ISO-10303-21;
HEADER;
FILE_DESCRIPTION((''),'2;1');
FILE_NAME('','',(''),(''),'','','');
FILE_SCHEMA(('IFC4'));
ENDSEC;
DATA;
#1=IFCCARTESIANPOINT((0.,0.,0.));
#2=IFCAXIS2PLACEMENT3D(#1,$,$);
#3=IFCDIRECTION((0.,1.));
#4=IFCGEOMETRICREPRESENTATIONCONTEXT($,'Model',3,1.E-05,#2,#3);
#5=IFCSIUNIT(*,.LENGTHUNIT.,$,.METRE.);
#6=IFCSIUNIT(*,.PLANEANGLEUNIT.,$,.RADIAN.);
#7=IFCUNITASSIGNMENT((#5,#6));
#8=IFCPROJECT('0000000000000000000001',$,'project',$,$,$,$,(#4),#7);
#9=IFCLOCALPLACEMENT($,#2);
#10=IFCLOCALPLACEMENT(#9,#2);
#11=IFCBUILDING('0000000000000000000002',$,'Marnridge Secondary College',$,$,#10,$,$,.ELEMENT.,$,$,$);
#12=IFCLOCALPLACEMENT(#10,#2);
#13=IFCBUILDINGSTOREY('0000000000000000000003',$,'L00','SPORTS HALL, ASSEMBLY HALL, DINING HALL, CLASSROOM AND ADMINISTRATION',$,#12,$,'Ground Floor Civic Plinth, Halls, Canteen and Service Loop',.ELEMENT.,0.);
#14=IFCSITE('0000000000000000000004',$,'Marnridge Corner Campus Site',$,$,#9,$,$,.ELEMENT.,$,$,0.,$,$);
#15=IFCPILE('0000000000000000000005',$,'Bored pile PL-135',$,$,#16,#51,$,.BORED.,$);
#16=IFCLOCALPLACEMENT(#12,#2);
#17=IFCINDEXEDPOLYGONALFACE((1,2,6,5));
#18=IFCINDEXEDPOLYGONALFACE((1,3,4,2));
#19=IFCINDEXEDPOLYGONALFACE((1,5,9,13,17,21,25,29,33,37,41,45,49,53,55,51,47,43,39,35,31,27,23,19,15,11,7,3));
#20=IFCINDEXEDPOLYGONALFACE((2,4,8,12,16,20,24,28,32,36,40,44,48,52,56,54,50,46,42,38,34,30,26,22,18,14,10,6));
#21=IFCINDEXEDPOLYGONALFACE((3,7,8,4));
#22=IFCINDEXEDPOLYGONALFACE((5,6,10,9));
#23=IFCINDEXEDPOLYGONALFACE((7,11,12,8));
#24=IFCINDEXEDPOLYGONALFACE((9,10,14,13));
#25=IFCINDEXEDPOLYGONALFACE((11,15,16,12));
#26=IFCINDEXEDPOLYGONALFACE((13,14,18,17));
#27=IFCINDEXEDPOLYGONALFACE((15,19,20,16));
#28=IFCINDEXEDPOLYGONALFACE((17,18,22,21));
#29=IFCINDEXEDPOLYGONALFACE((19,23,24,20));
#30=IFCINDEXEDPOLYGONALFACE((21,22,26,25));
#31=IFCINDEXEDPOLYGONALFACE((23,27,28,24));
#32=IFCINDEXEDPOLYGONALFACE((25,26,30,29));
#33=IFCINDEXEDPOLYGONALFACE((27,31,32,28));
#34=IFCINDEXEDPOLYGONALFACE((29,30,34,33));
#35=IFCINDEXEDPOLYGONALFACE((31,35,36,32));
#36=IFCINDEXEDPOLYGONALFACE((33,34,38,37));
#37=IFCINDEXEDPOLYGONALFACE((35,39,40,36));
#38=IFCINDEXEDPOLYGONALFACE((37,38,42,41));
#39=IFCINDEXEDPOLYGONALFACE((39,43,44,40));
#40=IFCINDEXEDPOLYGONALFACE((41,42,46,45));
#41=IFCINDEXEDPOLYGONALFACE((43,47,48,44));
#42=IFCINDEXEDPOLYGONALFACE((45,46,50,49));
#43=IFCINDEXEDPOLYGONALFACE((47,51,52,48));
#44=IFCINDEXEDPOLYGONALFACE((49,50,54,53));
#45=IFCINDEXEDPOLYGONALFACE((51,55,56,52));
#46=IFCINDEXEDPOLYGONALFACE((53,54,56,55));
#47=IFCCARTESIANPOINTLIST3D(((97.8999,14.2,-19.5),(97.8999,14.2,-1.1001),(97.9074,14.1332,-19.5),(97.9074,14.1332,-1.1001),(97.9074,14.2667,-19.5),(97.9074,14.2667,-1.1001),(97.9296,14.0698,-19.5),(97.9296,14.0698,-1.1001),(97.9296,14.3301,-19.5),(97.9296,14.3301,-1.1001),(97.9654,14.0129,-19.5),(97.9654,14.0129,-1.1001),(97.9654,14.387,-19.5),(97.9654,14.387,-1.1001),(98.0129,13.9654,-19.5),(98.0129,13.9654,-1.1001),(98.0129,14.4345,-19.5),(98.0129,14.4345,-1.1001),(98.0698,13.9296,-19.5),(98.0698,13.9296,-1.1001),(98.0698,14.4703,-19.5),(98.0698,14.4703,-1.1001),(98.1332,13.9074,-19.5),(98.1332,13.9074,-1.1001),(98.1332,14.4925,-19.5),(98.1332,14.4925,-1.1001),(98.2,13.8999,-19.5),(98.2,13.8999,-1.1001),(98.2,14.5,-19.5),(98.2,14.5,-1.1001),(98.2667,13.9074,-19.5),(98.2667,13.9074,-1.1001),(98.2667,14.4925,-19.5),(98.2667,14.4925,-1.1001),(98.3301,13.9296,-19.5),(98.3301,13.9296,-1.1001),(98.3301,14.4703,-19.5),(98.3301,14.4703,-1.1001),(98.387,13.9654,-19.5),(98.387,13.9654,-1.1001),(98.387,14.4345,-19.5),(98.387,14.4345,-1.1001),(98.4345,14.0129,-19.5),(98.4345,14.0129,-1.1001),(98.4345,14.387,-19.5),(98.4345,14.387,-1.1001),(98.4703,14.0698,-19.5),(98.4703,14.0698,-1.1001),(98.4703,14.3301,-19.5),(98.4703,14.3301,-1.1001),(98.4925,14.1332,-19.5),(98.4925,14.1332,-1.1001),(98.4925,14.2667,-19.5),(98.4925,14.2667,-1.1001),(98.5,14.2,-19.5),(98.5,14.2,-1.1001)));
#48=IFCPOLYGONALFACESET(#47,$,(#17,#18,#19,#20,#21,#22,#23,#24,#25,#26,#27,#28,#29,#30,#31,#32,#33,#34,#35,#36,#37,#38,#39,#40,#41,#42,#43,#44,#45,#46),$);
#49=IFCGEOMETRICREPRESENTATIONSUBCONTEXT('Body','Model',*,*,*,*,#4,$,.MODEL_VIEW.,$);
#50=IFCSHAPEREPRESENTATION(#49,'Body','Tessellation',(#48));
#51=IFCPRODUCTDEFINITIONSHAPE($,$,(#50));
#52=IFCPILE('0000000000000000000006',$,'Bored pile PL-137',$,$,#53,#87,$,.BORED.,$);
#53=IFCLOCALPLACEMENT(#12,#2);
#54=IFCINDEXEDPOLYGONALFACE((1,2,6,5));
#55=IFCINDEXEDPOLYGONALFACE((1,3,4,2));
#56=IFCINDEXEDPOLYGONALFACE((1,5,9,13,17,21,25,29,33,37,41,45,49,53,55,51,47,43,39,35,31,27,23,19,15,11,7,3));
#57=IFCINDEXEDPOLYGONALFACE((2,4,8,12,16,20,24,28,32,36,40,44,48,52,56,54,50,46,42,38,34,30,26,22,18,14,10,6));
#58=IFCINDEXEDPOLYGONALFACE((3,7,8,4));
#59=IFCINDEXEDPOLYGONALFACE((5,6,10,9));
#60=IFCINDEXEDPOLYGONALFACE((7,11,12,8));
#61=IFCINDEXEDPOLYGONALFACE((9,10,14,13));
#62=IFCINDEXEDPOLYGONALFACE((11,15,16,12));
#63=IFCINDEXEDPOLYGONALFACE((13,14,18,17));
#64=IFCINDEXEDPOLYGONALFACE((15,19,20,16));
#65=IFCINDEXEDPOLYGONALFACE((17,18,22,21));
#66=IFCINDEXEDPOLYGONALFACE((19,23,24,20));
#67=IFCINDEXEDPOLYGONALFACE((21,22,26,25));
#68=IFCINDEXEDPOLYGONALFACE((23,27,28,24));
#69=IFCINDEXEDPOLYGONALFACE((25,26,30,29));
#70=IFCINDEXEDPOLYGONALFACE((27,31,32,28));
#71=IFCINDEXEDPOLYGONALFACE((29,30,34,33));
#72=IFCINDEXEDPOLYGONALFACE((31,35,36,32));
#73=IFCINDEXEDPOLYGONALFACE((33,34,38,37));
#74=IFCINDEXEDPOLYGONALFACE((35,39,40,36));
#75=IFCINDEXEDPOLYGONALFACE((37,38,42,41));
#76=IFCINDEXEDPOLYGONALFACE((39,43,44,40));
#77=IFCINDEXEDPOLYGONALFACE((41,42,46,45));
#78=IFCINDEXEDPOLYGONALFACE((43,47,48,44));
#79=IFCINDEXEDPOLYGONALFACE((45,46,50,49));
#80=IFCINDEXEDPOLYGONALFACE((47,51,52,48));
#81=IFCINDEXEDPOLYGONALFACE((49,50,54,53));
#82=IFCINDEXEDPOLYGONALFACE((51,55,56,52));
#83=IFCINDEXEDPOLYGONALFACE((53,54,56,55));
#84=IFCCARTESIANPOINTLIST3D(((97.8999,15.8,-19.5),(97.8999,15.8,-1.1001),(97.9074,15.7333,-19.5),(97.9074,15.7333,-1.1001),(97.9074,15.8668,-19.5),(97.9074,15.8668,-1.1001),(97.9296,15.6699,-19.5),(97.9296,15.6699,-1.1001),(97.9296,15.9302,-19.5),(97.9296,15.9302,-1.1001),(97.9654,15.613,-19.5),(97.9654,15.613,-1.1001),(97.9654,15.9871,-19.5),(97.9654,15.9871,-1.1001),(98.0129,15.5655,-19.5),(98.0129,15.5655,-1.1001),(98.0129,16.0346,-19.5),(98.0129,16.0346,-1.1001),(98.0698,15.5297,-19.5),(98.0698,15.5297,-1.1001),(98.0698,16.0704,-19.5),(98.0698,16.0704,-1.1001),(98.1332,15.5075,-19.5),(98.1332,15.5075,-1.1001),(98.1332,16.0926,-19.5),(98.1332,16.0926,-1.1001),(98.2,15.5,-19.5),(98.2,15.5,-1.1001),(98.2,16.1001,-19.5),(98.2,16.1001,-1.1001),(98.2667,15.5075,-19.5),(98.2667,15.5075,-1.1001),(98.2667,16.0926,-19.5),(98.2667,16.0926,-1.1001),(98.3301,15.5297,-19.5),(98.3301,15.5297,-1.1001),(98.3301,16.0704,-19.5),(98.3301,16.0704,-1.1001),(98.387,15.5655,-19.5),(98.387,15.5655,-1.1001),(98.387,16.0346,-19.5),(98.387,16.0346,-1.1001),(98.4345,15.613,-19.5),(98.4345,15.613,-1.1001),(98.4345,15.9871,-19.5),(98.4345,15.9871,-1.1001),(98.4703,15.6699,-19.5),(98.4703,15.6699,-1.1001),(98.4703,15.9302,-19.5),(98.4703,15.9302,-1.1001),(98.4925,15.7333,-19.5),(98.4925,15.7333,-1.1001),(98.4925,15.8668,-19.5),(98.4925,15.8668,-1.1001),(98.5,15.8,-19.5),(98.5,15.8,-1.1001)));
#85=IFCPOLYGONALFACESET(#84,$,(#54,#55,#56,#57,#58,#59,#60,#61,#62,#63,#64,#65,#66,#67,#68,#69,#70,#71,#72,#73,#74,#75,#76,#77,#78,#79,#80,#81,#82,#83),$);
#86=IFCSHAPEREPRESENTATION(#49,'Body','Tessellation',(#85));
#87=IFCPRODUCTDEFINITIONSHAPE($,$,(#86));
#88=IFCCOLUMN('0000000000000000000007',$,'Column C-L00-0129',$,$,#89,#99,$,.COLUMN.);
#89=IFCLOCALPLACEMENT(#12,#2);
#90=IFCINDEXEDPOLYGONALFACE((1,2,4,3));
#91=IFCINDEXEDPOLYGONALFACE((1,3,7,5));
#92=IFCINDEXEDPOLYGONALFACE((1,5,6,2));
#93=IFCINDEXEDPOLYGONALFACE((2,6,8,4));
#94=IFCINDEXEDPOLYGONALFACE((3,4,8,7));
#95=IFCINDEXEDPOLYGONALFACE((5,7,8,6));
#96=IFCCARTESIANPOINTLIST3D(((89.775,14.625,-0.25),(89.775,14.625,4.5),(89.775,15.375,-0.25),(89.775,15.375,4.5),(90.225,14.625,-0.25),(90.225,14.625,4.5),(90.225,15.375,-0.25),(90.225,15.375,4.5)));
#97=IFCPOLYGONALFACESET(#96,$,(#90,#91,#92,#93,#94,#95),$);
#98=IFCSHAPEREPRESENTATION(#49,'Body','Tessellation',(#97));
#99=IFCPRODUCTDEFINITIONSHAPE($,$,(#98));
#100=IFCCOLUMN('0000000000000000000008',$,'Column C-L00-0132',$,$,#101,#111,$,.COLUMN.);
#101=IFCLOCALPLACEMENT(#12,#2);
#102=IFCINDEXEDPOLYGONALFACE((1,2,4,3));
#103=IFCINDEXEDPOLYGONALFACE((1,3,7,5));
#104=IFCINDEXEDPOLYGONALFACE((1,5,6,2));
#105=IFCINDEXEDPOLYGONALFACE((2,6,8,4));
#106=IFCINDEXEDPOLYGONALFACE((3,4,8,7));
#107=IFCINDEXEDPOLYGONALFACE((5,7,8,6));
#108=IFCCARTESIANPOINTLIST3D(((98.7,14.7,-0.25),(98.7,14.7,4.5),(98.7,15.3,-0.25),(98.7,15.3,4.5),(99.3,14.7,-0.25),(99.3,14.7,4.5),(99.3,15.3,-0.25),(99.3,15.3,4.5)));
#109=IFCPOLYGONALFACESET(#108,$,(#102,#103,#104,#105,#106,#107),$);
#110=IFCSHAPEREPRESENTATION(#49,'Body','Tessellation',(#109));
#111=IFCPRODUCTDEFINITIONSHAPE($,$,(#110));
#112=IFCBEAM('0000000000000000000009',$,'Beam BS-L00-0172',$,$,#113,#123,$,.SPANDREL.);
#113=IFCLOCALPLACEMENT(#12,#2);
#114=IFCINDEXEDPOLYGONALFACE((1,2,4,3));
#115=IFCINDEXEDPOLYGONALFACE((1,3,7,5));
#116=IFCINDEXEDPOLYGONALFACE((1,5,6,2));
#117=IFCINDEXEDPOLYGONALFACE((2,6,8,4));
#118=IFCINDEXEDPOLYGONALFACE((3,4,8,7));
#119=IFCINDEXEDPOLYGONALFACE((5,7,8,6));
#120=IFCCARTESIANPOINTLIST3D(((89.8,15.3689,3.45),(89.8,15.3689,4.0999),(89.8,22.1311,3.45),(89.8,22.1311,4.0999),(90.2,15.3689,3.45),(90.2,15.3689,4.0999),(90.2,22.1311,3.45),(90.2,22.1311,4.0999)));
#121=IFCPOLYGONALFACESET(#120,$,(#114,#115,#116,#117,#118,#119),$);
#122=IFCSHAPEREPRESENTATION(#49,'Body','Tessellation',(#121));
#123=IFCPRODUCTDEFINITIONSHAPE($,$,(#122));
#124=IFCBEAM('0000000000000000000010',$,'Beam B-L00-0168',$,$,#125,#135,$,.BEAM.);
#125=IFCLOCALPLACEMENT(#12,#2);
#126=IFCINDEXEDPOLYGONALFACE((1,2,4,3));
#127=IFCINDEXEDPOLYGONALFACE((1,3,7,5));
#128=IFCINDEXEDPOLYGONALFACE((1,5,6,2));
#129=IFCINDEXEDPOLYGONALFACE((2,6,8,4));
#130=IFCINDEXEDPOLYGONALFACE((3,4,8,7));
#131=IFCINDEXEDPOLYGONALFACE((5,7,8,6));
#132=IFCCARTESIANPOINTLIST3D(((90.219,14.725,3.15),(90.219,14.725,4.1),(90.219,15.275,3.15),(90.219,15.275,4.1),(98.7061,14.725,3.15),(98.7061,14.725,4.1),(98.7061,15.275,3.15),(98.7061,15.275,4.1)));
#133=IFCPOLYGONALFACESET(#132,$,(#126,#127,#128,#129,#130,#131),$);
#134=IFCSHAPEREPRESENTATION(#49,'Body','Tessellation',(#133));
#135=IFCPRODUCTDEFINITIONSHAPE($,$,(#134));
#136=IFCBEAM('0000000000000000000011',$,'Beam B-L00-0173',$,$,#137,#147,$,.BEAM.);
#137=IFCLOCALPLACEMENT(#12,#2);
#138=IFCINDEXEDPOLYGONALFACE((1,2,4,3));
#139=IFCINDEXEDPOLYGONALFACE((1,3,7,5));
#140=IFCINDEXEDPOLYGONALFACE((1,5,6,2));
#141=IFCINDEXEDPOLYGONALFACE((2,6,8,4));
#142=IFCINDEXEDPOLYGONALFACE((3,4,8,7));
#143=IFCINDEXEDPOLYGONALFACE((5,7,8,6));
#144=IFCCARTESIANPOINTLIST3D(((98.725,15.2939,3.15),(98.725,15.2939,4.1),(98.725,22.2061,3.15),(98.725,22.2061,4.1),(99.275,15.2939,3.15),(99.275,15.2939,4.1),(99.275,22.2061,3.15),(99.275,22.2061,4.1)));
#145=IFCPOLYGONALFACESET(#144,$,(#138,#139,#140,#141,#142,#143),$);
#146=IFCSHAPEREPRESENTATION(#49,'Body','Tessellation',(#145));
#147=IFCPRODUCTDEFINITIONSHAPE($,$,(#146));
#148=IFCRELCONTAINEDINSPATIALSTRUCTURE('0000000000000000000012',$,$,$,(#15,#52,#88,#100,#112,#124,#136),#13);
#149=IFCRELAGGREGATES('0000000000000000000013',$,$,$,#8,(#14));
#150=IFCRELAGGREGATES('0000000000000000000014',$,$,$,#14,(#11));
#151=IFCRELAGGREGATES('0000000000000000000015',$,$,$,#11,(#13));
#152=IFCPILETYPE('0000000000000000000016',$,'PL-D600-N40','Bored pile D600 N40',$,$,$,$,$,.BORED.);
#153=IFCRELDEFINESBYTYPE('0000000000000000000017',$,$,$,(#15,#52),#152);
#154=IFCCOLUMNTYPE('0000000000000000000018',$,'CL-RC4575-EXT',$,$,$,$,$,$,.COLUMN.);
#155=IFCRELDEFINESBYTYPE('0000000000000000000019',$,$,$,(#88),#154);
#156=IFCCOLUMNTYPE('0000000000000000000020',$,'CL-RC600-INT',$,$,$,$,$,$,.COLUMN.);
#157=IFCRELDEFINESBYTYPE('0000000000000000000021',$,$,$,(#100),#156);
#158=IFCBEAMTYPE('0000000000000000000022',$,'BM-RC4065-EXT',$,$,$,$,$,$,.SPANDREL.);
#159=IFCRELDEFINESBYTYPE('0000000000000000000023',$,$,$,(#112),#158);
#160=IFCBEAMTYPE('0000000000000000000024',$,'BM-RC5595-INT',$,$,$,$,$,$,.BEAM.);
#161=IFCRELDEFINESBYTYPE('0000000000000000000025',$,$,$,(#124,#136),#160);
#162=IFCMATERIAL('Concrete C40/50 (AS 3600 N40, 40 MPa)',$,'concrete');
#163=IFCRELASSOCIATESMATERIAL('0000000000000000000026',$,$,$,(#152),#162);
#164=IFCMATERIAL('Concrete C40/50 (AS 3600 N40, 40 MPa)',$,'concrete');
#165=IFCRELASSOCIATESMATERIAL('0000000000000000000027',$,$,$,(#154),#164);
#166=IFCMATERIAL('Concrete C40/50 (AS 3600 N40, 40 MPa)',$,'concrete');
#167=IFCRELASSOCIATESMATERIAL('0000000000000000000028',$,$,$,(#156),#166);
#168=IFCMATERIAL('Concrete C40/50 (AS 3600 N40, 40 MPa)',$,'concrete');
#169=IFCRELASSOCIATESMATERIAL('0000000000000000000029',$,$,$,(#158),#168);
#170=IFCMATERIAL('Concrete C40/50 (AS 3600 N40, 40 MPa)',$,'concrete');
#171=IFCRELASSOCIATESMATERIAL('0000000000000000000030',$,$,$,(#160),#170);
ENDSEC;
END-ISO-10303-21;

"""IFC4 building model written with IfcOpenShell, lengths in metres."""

from ifc_helpers import new_model, si_unit, direction, frame, origin, origin_2d, place, context, subcontext, project, spatial, rectangle, circle, extrude, material, material_profile, profile_set, type_object, element, save


model = new_model("IFC4")

# Units and contexts
model_context = context("Model", 3, precision=1e-05, world=origin(), true_north=direction((0.0, 1.0)))
body_context = subcontext(model_context, "Body", "Model", "MODEL_VIEW")
ifc_project = project(units=[si_unit("LENGTHUNIT", "METRE"), si_unit("PLANEANGLEUNIT", "RADIAN")], contexts=[model_context])

# Site, building, storey
site_placement = place(None, origin())
site = spatial("IfcSite", under=ifc_project, at=site_placement, Name="Marnridge Corner Campus Site", CompositionType="ELEMENT", RefElevation=0.0)
building_placement = place(site_placement, origin())
building = spatial("IfcBuilding", under=site, at=building_placement, Name="Marnridge Secondary College", CompositionType="ELEMENT")
storey_placement = place(building_placement, origin())
storey = spatial("IfcBuildingStorey", under=building, at=storey_placement, Name="L00", Description="SPORTS HALL, ASSEMBLY HALL, DINING HALL, CLASSROOM AND ADMINISTRATION", LongName="Ground Floor Civic Plinth, Halls, Canteen and Service Loop", CompositionType="ELEMENT", Elevation=0.0)

# Piles
ifc_material_1 = material(Name="Concrete C40/50 (AS 3600 N40, 40 MPa)", Category="concrete")
ifc_material_profile_1 = material_profile(ifc_material_1, circle(Radius=0.3, at=origin_2d()), Name="PILE D600")
ifc_profile_set_1 = profile_set([ifc_material_profile_1], Name="Concrete C40/50 (AS 3600 N40, 40 MPa)")
pile_type = type_object("IfcPileType", Name="PL-D600-N40", Description="Bored pile D600 N40", PredefinedType="BORED", material=ifc_profile_set_1)
for number, where, z_axis, x_axis, name in (
    (1, (98.2, 14.2, -1.1001), (0.0, 0.0, -1.0), (1.0, 0.0, 0.0), "Bored pile PL-135"),
    (2, (98.2, 15.8, -1.1001), (0.0, 0.0, -1.0), (1.0, 0.0, 0.0), "Bored pile PL-137"),
):
    element("IfcPile", number, at=place(storey_placement, frame(where, z_axis=z_axis, x_axis=x_axis)), inside=storey, type_object=pile_type, Name=name, PredefinedType="BORED", context=body_context, shape_type="SweptSolid", body=[
        extrude(circle(Radius=0.3, at=origin_2d()), origin(), (0.0, 0.0, 1.0), 18.3999),
    ])

# Columns
ifc_material_2 = material(Name="Concrete C40/50 (AS 3600 N40, 40 MPa)", Category="concrete")
ifc_material_profile_2 = material_profile(ifc_material_2, rectangle(XDim=0.45, YDim=0.75, at=origin_2d()), Name="RC 450x750")
ifc_profile_set_2 = profile_set([ifc_material_profile_2], Name="Concrete C40/50 (AS 3600 N40, 40 MPa)")
column_type_1 = type_object("IfcColumnType", Name="CL-RC4575-EXT", PredefinedType="COLUMN", material=ifc_profile_set_2)
column_1_placement = place(storey_placement, frame((90.0, 15.0, -0.25), z_axis=(0.0, 0.0, 1.0), x_axis=(1.0, 0.0, 0.0)))
element("IfcColumn", 3, at=column_1_placement, inside=storey, type_object=column_type_1, Name="Column C-L00-0129", PredefinedType="COLUMN", context=body_context, shape_type="SweptSolid", body=[
    extrude(rectangle(XDim=0.45, YDim=0.75, at=origin_2d()), origin(), (0.0, 0.0, 1.0), 4.75),
])
ifc_material_3 = material(Name="Concrete C40/50 (AS 3600 N40, 40 MPa)", Category="concrete")
ifc_material_profile_3 = material_profile(ifc_material_3, rectangle(XDim=0.6001, YDim=0.6001, at=origin_2d()), Name="RC 600x600")
ifc_profile_set_3 = profile_set([ifc_material_profile_3], Name="Concrete C40/50 (AS 3600 N40, 40 MPa)")
column_type_2 = type_object("IfcColumnType", Name="CL-RC600-INT", PredefinedType="COLUMN", material=ifc_profile_set_3)
column_2_placement = place(storey_placement, frame((99.0, 15.0, -0.25), z_axis=(0.0, 0.0, 1.0), x_axis=(1.0, 0.0, 0.0)))
element("IfcColumn", 4, at=column_2_placement, inside=storey, type_object=column_type_2, Name="Column C-L00-0132", PredefinedType="COLUMN", context=body_context, shape_type="SweptSolid", body=[
    extrude(rectangle(XDim=0.6001, YDim=0.6001, at=origin_2d()), origin(), (0.0, 0.0, 1.0), 4.75),
])

# Beams
ifc_material_4 = material(Name="Concrete C40/50 (AS 3600 N40, 40 MPa)", Category="concrete")
ifc_material_profile_4 = material_profile(ifc_material_4, rectangle(XDim=0.3999, YDim=0.6499, at=origin_2d()), Name="RC 400x650")
ifc_profile_set_4 = profile_set([ifc_material_profile_4], Name="Concrete C40/50 (AS 3600 N40, 40 MPa)")
beam_type_1 = type_object("IfcBeamType", Name="BM-RC4065-EXT", PredefinedType="SPANDREL", material=ifc_profile_set_4)
beam_1_placement = place(storey_placement, frame((90.0, 15.3689, 3.7749), z_axis=(0.0, 1.0, 0.0), x_axis=(-1.0, 0.0, 0.0)))
element("IfcBeam", 5, at=beam_1_placement, inside=storey, type_object=beam_type_1, Name="Beam BS-L00-0172", PredefinedType="SPANDREL", context=body_context, shape_type="SweptSolid", body=[
    extrude(rectangle(XDim=0.3999, YDim=0.6499, at=origin_2d()), origin(), (0.0, 0.0, 1.0), 6.7622),
])
ifc_material_5 = material(Name="Concrete C40/50 (AS 3600 N40, 40 MPa)", Category="concrete")
ifc_material_profile_5 = material_profile(ifc_material_5, rectangle(XDim=0.55, YDim=0.95, at=origin_2d()), Name="RC 550x950")
ifc_profile_set_5 = profile_set([ifc_material_profile_5], Name="Concrete C40/50 (AS 3600 N40, 40 MPa)")
beam_type_2 = type_object("IfcBeamType", Name="BM-RC5595-INT", PredefinedType="BEAM", material=ifc_profile_set_5)
beam_2_placement = place(storey_placement, frame((90.219, 15.0, 3.625), z_axis=(1.0, 0.0, 0.0), x_axis=(0.0, 1.0, 0.0)))
element("IfcBeam", 6, at=beam_2_placement, inside=storey, type_object=beam_type_2, Name="Beam B-L00-0168", PredefinedType="BEAM", context=body_context, shape_type="SweptSolid", body=[
    extrude(rectangle(XDim=0.55, YDim=0.95, at=origin_2d()), origin(), (0.0, 0.0, 1.0), 8.4871),
])
beam_3_placement = place(storey_placement, frame((99.0, 15.2939, 3.625), z_axis=(0.0, 1.0, 0.0), x_axis=(-1.0, 0.0, 0.0)))
element("IfcBeam", 7, at=beam_3_placement, inside=storey, type_object=beam_type_2, Name="Beam B-L00-0173", PredefinedType="BEAM", context=body_context, shape_type="SweptSolid", body=[
    extrude(rectangle(XDim=0.55, YDim=0.95, at=origin_2d()), origin(), (0.0, 0.0, 1.0), 6.9121),
])

save(model, "model.ifc")
